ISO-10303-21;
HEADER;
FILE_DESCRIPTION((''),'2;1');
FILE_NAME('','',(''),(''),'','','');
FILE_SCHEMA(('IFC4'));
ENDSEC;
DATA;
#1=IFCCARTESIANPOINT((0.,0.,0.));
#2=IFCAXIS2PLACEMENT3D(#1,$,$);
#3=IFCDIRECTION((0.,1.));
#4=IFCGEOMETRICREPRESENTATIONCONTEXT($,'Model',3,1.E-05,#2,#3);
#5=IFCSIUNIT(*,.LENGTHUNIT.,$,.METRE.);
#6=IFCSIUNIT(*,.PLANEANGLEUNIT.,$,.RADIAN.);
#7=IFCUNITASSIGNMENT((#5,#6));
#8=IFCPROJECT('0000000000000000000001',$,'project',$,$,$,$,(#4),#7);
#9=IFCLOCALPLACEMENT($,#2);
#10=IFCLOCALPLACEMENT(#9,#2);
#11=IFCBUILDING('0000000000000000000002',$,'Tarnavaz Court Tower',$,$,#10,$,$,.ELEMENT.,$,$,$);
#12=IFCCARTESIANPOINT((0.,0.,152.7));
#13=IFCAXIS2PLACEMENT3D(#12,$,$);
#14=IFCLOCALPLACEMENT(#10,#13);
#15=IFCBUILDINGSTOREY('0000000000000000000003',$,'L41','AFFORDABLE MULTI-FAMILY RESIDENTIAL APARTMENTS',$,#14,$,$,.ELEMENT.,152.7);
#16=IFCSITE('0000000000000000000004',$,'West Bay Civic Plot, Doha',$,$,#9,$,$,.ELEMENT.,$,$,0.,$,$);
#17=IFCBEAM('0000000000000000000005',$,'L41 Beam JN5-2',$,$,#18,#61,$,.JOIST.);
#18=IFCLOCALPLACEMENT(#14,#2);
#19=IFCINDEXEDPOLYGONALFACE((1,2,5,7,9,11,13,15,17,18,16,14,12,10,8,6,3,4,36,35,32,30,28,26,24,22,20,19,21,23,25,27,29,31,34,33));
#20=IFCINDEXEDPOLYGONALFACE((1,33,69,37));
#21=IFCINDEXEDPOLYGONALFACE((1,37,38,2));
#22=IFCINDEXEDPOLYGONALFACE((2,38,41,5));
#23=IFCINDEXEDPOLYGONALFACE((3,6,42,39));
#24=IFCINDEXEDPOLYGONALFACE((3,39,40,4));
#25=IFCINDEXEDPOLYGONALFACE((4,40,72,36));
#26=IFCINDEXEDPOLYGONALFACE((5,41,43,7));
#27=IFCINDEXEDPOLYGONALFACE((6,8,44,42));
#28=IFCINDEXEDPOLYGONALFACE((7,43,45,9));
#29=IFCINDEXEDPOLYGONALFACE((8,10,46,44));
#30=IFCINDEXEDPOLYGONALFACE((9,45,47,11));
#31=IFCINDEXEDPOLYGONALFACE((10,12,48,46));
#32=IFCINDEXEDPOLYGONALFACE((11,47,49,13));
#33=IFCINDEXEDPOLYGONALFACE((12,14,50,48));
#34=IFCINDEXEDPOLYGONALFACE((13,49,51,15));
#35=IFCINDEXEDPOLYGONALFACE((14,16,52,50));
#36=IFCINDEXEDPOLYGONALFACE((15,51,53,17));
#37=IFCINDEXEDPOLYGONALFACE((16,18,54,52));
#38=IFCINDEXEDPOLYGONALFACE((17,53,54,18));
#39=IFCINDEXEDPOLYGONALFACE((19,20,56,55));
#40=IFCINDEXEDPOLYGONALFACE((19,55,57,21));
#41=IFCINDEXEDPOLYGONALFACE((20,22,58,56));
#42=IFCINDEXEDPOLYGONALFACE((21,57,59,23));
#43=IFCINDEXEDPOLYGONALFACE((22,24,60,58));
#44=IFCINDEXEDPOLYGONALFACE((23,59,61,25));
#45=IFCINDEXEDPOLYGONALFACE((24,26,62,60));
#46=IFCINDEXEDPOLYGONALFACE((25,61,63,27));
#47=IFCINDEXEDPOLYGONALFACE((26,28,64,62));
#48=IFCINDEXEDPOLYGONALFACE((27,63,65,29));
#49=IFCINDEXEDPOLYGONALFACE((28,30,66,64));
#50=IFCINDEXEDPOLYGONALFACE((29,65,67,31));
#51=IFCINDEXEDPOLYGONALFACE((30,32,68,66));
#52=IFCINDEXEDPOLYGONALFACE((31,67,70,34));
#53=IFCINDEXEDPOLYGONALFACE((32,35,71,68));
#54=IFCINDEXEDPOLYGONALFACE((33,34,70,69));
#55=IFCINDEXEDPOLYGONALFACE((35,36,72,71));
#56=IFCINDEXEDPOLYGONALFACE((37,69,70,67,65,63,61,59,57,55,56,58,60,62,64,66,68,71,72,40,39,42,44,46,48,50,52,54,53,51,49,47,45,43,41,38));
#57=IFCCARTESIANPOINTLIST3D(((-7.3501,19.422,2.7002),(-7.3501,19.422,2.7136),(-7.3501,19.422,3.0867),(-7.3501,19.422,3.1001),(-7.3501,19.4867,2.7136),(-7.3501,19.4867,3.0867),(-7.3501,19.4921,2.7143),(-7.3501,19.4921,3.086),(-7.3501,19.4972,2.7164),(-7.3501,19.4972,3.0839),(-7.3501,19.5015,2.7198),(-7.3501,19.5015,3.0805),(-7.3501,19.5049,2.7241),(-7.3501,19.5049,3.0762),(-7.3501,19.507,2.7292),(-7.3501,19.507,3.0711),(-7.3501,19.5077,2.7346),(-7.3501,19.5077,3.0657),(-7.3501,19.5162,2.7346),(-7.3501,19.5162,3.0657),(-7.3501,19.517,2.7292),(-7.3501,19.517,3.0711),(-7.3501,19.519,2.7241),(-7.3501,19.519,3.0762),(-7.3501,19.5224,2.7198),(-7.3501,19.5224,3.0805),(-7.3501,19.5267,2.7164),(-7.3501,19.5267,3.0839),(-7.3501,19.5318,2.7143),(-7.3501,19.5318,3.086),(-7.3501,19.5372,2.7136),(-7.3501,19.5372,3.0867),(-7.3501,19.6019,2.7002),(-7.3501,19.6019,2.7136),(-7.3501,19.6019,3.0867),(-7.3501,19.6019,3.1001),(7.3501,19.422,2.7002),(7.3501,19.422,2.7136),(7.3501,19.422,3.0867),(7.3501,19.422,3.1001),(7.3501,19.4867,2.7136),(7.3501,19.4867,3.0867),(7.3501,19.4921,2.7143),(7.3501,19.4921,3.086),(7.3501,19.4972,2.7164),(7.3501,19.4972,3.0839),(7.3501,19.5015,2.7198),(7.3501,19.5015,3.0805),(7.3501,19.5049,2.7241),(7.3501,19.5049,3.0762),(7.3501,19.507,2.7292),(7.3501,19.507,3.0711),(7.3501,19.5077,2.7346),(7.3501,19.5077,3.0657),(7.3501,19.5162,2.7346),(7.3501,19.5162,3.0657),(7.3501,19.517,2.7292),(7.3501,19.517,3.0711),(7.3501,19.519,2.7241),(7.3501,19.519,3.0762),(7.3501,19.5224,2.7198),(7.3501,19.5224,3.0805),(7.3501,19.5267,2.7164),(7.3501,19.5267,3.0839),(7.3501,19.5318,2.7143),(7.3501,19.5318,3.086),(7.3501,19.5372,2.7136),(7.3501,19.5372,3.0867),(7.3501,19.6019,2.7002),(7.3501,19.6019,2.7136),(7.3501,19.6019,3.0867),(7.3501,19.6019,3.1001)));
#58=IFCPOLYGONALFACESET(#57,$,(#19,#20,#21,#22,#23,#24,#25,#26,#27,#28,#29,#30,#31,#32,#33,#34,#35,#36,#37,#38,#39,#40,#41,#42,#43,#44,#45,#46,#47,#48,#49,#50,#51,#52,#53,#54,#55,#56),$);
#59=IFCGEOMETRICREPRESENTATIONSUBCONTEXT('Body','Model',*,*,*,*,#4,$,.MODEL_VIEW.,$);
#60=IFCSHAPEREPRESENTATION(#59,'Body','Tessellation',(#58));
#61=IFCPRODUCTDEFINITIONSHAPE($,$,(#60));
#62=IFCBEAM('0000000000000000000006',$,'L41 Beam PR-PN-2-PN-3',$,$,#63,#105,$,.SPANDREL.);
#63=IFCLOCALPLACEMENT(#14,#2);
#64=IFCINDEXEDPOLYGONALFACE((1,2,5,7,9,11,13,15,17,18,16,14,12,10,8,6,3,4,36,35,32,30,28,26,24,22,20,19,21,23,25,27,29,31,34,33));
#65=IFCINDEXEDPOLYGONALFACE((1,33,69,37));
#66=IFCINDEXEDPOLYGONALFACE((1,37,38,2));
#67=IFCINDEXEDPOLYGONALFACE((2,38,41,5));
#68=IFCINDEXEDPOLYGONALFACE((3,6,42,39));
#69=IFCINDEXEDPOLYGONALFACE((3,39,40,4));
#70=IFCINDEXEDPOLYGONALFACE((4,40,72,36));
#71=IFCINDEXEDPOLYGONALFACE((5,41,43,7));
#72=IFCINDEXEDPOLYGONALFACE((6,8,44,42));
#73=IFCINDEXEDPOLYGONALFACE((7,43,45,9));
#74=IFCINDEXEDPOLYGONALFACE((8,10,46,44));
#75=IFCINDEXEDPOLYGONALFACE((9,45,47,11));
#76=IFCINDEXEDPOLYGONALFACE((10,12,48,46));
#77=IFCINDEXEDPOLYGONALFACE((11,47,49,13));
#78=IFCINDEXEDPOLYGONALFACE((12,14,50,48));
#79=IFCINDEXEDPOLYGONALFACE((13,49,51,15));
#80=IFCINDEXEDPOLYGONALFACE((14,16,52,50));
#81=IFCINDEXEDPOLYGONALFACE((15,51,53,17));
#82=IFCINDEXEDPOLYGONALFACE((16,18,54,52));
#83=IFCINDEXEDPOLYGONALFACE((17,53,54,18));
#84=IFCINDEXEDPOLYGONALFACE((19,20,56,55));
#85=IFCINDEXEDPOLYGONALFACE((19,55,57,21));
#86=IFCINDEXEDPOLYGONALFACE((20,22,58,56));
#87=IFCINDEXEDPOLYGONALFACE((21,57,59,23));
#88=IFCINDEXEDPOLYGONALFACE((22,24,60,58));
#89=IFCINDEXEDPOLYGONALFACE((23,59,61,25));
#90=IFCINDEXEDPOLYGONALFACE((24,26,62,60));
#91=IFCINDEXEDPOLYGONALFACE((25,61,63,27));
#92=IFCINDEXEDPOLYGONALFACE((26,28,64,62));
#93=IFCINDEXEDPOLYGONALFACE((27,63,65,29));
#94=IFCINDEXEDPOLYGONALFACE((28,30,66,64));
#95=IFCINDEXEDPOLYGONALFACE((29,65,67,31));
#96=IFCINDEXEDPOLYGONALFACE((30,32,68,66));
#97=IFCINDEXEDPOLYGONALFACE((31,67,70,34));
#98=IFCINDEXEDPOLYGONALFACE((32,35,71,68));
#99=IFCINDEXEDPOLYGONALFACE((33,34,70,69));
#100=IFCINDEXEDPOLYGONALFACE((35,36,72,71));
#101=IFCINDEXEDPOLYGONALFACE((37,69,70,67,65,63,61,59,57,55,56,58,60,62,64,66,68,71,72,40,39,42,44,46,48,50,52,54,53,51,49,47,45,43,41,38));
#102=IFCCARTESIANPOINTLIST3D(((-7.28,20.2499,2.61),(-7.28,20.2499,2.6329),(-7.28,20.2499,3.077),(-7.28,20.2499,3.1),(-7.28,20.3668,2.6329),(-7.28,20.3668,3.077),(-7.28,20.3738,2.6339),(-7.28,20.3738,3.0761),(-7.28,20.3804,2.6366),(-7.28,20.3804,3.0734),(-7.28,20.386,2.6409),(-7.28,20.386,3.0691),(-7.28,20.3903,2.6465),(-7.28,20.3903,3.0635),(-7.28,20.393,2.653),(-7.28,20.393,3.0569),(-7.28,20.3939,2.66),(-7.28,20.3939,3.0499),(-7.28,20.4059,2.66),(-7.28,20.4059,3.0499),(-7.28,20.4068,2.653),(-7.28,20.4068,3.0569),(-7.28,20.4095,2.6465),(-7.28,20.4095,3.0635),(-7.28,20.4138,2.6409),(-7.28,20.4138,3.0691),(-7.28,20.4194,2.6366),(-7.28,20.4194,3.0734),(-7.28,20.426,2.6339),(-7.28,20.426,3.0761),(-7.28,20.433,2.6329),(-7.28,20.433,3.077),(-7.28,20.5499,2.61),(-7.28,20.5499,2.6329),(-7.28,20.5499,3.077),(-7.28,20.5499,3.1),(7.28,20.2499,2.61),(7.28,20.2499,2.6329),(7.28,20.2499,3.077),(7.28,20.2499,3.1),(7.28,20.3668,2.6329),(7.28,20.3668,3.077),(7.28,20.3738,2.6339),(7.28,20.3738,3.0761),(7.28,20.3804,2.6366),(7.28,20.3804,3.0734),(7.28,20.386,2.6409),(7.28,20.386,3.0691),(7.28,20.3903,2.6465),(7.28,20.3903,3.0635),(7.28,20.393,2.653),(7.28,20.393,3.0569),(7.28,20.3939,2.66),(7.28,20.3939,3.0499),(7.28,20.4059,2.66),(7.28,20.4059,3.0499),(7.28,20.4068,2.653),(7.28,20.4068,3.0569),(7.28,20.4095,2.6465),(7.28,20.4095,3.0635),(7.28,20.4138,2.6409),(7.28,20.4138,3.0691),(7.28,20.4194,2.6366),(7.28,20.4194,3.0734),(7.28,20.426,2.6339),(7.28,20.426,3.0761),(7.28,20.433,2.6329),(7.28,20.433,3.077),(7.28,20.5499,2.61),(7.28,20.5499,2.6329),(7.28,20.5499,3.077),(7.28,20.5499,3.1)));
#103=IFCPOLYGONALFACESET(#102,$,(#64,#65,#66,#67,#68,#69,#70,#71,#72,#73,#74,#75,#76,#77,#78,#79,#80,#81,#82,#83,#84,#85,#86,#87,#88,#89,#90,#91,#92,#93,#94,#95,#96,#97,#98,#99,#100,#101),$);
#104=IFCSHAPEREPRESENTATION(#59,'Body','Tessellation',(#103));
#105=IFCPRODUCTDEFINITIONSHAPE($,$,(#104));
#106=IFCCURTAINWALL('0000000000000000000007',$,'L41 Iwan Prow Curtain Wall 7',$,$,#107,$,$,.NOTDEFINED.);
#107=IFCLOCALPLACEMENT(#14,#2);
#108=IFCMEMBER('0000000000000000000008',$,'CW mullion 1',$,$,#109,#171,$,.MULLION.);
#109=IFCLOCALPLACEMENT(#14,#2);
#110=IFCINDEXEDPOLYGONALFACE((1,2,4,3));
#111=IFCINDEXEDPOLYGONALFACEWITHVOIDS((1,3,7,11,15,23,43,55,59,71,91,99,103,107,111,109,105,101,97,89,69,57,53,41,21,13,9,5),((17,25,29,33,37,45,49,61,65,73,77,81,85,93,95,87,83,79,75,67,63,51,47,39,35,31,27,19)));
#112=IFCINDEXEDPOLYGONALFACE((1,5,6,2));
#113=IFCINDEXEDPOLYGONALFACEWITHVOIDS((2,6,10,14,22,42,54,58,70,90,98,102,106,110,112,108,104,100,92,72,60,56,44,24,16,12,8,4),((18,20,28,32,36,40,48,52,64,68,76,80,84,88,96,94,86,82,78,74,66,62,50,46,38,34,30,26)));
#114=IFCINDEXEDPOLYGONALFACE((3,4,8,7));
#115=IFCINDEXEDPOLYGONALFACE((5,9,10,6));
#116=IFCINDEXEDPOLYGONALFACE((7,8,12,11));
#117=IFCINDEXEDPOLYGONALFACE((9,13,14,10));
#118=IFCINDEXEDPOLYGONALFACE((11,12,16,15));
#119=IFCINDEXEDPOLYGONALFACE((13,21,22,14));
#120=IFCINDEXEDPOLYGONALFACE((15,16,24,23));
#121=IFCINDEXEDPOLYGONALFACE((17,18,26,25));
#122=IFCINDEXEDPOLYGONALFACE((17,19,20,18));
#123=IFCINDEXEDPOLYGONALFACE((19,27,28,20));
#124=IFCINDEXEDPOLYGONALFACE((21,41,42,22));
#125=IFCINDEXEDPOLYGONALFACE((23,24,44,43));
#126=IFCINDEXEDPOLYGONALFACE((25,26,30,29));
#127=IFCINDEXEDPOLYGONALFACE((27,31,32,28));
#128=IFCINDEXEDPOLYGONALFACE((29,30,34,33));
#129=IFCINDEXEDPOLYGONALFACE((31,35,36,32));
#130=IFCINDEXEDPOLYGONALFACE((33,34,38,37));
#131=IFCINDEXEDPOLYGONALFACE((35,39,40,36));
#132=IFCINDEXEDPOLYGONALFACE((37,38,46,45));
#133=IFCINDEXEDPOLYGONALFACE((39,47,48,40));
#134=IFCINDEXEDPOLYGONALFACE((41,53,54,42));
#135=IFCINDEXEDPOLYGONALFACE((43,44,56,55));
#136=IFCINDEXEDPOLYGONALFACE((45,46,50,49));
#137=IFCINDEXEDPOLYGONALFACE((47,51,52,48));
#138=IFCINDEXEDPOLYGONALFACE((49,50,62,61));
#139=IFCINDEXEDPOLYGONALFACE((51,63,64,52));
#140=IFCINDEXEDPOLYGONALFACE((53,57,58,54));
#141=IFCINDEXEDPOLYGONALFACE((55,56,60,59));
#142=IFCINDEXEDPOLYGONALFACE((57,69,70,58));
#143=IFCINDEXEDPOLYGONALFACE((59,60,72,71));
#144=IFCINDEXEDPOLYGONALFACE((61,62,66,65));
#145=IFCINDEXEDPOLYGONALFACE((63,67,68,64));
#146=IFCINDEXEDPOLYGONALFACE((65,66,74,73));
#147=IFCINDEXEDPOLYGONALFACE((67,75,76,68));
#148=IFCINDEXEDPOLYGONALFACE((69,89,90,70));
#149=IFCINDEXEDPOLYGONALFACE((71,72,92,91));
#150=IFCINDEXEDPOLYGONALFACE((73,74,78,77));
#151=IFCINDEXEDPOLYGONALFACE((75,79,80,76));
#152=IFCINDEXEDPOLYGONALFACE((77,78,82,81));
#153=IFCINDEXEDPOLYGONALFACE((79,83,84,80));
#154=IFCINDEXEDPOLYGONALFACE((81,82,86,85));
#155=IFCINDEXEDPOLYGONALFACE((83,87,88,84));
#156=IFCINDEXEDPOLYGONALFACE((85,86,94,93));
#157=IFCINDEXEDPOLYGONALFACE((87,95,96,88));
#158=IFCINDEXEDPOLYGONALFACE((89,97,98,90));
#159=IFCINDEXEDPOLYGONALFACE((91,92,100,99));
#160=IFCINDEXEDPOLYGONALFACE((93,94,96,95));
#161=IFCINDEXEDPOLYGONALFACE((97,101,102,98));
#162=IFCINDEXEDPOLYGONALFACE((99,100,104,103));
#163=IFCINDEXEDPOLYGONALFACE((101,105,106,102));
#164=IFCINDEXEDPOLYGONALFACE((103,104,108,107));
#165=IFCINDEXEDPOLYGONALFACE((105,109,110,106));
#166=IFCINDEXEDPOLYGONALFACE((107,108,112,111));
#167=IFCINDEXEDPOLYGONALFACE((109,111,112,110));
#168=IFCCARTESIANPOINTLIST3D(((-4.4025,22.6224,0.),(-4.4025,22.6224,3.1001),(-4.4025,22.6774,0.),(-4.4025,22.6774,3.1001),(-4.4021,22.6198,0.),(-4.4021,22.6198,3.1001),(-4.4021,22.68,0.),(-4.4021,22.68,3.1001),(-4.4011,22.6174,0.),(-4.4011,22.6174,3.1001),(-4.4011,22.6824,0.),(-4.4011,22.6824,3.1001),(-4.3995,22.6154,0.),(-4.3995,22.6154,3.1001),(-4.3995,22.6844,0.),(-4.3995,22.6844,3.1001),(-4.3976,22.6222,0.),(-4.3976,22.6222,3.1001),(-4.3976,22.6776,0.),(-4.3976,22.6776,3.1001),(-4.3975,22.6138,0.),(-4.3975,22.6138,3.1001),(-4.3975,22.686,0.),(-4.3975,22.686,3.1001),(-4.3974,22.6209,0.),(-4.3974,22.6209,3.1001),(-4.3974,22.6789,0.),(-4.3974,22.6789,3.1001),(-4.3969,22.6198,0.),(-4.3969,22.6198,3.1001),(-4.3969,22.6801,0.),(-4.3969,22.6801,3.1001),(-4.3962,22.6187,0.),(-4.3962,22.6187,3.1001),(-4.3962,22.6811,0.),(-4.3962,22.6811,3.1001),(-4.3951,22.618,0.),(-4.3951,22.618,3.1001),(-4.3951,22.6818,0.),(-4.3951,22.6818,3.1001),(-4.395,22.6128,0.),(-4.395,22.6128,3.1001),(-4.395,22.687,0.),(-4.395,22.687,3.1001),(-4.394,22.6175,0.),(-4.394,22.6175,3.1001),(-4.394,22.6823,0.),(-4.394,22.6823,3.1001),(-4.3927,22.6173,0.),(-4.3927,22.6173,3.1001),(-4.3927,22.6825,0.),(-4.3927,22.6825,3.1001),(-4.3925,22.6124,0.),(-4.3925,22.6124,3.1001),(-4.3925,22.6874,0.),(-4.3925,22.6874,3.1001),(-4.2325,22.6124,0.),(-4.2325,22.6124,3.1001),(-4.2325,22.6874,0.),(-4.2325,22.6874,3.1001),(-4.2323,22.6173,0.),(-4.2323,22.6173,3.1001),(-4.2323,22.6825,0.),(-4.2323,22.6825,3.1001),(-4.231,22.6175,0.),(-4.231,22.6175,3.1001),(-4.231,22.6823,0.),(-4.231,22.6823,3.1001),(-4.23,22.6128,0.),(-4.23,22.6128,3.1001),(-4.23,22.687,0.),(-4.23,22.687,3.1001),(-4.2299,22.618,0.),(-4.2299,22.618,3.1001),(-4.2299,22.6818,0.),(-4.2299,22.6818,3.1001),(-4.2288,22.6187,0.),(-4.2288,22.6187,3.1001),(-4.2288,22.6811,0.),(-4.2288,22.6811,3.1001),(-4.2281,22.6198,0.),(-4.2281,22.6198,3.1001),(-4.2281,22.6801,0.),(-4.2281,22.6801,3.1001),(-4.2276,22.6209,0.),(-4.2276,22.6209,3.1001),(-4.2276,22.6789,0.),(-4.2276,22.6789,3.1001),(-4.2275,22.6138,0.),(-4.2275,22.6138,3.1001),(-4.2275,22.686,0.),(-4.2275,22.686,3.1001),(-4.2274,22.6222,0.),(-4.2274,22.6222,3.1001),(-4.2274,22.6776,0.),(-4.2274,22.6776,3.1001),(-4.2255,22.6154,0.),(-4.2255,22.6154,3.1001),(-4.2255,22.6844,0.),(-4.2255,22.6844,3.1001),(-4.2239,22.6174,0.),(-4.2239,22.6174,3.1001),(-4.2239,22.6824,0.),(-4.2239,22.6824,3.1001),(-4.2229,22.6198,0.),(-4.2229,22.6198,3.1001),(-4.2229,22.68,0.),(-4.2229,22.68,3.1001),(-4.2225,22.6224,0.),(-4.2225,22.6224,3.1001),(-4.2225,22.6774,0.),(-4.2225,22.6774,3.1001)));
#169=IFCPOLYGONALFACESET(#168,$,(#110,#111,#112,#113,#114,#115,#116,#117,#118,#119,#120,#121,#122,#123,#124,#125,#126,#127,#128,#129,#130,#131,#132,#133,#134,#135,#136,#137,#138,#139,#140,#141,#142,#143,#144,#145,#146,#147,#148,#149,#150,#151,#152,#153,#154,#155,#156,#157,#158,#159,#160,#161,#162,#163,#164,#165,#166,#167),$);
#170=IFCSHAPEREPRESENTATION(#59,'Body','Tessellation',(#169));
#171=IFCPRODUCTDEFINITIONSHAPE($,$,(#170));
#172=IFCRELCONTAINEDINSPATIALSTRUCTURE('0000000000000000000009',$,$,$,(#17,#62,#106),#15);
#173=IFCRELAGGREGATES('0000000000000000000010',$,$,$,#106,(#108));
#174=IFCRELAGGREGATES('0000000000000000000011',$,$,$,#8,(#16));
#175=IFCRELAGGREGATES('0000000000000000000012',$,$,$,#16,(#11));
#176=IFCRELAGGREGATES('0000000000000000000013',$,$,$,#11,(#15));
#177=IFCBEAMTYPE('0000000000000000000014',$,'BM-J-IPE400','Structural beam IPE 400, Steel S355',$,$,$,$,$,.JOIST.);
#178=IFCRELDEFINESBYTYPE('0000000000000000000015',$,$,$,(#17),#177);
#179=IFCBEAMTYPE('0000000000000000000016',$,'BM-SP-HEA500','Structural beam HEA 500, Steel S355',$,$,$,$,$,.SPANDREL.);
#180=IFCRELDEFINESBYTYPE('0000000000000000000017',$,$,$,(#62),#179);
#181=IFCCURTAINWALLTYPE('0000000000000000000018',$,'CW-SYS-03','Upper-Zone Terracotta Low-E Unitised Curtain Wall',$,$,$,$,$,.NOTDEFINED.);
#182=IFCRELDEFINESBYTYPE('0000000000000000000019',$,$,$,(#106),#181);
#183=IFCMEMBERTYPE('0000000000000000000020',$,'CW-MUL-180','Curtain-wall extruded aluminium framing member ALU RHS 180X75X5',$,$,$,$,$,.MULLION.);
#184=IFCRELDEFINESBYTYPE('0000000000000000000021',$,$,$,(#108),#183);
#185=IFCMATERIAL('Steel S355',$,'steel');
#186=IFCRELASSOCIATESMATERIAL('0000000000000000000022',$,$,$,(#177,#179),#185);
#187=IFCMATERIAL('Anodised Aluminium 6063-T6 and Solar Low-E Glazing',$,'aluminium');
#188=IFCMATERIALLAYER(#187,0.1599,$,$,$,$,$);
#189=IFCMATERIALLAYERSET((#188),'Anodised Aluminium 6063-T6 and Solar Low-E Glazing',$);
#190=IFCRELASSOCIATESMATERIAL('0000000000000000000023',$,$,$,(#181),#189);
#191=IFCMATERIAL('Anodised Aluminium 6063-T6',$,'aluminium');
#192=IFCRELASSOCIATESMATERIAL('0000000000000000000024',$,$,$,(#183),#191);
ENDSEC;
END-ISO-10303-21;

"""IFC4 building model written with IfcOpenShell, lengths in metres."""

from ifc_helpers import new_model, si_unit, direction, frame, origin, origin_2d, place, context, subcontext, project, spatial, hollow_rectangle, i_section, extrude, material, layer, layer_set, material_profile, profile_set, type_object, element, aggregate, save


model = new_model("IFC4")

# Units and contexts
model_context = context("Model", 3, precision=1e-05, world=origin(), true_north=direction((0.0, 1.0)))
body_context = subcontext(model_context, "Body", "Model", "MODEL_VIEW")
ifc_project = project(units=[si_unit("LENGTHUNIT", "METRE"), si_unit("PLANEANGLEUNIT", "RADIAN")], contexts=[model_context])

# Site, building, storey
site_placement = place(None, origin())
site = spatial("IfcSite", under=ifc_project, at=site_placement, Name="West Bay Civic Plot, Doha", CompositionType="ELEMENT", RefElevation=0.0)
building_placement = place(site_placement, origin())
building = spatial("IfcBuilding", under=site, at=building_placement, Name="Tarnavaz Court Tower", CompositionType="ELEMENT")
storey_placement = place(building_placement, frame((0.0, 0.0, 152.7)))
storey = spatial("IfcBuildingStorey", under=building, at=storey_placement, Name="L41", Description="AFFORDABLE MULTI-FAMILY RESIDENTIAL APARTMENTS", CompositionType="ELEMENT", Elevation=152.7)

# Beams
ifc_material_1 = material(Name="Steel S355", Category="steel")
ifc_material_profile_1 = material_profile(ifc_material_1, i_section(OverallWidth=0.1799, OverallDepth=0.3999, WebThickness=0.0085, FlangeThickness=0.0134, FilletRadius=0.021, at=origin_2d()), Name="IPE 400")
ifc_profile_set_1 = profile_set([ifc_material_profile_1], Name="Steel S355")
beam_type_1 = type_object("IfcBeamType", Name="BM-J-IPE400", Description="Structural beam IPE 400, Steel S355", PredefinedType="JOIST", material=ifc_profile_set_1)
for number, where, z_axis, x_axis, name in (
    (1, (-7.3501, 19.512, 2.9001), (1.0, 0.0, 0.0), (0.0, 1.0, 0.0), "L41 Beam JN5-2"),
):
    element("IfcBeam", number, at=place(storey_placement, frame(where, z_axis=z_axis, x_axis=x_axis)), inside=storey, type_object=beam_type_1, Name=name, PredefinedType="JOIST", context=body_context, shape_type="SweptSolid", body=[
        extrude(i_section(OverallWidth=0.1799, OverallDepth=0.3999, WebThickness=0.0085, FlangeThickness=0.0134, FilletRadius=0.021, at=origin_2d()), origin(), (0.0, 0.0, 1.0), 14.7002),
    ])
ifc_material_profile_2 = material_profile(ifc_material_1, i_section(OverallWidth=0.3, OverallDepth=0.49, WebThickness=0.012, FlangeThickness=0.0229, FilletRadius=0.0271, at=origin_2d()), Name="HEA 500")
ifc_profile_set_2 = profile_set([ifc_material_profile_2], Name="Steel S355")
beam_type_2 = type_object("IfcBeamType", Name="BM-SP-HEA500", Description="Structural beam HEA 500, Steel S355", PredefinedType="SPANDREL", material=ifc_profile_set_2)
beam_placement = place(storey_placement, frame((-7.28, 20.3999, 2.855), z_axis=(1.0, 0.0, 0.0), x_axis=(0.0, 1.0, 0.0)))
element("IfcBeam", 2, at=beam_placement, inside=storey, type_object=beam_type_2, Name="L41 Beam PR-PN-2-PN-3", PredefinedType="SPANDREL", context=body_context, shape_type="SweptSolid", body=[
    extrude(i_section(OverallWidth=0.3, OverallDepth=0.49, WebThickness=0.012, FlangeThickness=0.0229, FilletRadius=0.0271, at=origin_2d()), origin(), (0.0, 0.0, 1.0), 14.5601),
])

# Curtain wall, member
ifc_material_2 = material(Name="Anodised Aluminium 6063-T6 and Solar Low-E Glazing", Category="aluminium")
ifc_layer_1 = layer(ifc_material_2, 0.1599)
ifc_layer_set_1 = layer_set([ifc_layer_1], Name="Anodised Aluminium 6063-T6 and Solar Low-E Glazing")
curtain_wall_type = type_object("IfcCurtainWallType", Name="CW-SYS-03", Description="Upper-Zone Terracotta Low-E Unitised Curtain Wall", PredefinedType="NOTDEFINED", material=ifc_layer_set_1)
curtain_wall_placement = place(storey_placement, origin())
curtain_wall = element("IfcCurtainWall", 3, at=curtain_wall_placement, inside=storey, type_object=curtain_wall_type, Name="L41 Iwan Prow Curtain Wall 7", PredefinedType="NOTDEFINED")
ifc_material_3 = material(Name="Anodised Aluminium 6063-T6", Category="aluminium")
ifc_material_profile_3 = material_profile(ifc_material_3, hollow_rectangle(XDim=0.075, YDim=0.1799, WallThickness=0.0049, InnerFilletRadius=0.0049, OuterFilletRadius=0.01, at=origin_2d()), Name="ALU RHS 180X75X5")
ifc_profile_set_3 = profile_set([ifc_material_profile_3], Name="Anodised Aluminium 6063-T6")
member_type_1 = type_object("IfcMemberType", Name="CW-MUL-180", Description="Curtain-wall extruded aluminium framing member ALU RHS 180X75X5", PredefinedType="MULLION", material=ifc_profile_set_3)
member_1_placement = place(storey_placement, frame((-4.3125, 22.6499, 0.0), z_axis=(0.0, 0.0, 1.0), x_axis=(0.0, 1.0, 0.0)))
member_1 = element("IfcMember", 4, at=member_1_placement, type_object=member_type_1, Name="CW mullion 1", PredefinedType="MULLION", context=body_context, shape_type="SweptSolid", body=[
    extrude(hollow_rectangle(XDim=0.075, YDim=0.1799, WallThickness=0.0049, InnerFilletRadius=0.0049, OuterFilletRadius=0.01, at=origin_2d()), origin(), (0.0, 0.0, 1.0), 3.1001),
])
aggregate(curtain_wall, [member_1])

save(model, "model.ifc")
